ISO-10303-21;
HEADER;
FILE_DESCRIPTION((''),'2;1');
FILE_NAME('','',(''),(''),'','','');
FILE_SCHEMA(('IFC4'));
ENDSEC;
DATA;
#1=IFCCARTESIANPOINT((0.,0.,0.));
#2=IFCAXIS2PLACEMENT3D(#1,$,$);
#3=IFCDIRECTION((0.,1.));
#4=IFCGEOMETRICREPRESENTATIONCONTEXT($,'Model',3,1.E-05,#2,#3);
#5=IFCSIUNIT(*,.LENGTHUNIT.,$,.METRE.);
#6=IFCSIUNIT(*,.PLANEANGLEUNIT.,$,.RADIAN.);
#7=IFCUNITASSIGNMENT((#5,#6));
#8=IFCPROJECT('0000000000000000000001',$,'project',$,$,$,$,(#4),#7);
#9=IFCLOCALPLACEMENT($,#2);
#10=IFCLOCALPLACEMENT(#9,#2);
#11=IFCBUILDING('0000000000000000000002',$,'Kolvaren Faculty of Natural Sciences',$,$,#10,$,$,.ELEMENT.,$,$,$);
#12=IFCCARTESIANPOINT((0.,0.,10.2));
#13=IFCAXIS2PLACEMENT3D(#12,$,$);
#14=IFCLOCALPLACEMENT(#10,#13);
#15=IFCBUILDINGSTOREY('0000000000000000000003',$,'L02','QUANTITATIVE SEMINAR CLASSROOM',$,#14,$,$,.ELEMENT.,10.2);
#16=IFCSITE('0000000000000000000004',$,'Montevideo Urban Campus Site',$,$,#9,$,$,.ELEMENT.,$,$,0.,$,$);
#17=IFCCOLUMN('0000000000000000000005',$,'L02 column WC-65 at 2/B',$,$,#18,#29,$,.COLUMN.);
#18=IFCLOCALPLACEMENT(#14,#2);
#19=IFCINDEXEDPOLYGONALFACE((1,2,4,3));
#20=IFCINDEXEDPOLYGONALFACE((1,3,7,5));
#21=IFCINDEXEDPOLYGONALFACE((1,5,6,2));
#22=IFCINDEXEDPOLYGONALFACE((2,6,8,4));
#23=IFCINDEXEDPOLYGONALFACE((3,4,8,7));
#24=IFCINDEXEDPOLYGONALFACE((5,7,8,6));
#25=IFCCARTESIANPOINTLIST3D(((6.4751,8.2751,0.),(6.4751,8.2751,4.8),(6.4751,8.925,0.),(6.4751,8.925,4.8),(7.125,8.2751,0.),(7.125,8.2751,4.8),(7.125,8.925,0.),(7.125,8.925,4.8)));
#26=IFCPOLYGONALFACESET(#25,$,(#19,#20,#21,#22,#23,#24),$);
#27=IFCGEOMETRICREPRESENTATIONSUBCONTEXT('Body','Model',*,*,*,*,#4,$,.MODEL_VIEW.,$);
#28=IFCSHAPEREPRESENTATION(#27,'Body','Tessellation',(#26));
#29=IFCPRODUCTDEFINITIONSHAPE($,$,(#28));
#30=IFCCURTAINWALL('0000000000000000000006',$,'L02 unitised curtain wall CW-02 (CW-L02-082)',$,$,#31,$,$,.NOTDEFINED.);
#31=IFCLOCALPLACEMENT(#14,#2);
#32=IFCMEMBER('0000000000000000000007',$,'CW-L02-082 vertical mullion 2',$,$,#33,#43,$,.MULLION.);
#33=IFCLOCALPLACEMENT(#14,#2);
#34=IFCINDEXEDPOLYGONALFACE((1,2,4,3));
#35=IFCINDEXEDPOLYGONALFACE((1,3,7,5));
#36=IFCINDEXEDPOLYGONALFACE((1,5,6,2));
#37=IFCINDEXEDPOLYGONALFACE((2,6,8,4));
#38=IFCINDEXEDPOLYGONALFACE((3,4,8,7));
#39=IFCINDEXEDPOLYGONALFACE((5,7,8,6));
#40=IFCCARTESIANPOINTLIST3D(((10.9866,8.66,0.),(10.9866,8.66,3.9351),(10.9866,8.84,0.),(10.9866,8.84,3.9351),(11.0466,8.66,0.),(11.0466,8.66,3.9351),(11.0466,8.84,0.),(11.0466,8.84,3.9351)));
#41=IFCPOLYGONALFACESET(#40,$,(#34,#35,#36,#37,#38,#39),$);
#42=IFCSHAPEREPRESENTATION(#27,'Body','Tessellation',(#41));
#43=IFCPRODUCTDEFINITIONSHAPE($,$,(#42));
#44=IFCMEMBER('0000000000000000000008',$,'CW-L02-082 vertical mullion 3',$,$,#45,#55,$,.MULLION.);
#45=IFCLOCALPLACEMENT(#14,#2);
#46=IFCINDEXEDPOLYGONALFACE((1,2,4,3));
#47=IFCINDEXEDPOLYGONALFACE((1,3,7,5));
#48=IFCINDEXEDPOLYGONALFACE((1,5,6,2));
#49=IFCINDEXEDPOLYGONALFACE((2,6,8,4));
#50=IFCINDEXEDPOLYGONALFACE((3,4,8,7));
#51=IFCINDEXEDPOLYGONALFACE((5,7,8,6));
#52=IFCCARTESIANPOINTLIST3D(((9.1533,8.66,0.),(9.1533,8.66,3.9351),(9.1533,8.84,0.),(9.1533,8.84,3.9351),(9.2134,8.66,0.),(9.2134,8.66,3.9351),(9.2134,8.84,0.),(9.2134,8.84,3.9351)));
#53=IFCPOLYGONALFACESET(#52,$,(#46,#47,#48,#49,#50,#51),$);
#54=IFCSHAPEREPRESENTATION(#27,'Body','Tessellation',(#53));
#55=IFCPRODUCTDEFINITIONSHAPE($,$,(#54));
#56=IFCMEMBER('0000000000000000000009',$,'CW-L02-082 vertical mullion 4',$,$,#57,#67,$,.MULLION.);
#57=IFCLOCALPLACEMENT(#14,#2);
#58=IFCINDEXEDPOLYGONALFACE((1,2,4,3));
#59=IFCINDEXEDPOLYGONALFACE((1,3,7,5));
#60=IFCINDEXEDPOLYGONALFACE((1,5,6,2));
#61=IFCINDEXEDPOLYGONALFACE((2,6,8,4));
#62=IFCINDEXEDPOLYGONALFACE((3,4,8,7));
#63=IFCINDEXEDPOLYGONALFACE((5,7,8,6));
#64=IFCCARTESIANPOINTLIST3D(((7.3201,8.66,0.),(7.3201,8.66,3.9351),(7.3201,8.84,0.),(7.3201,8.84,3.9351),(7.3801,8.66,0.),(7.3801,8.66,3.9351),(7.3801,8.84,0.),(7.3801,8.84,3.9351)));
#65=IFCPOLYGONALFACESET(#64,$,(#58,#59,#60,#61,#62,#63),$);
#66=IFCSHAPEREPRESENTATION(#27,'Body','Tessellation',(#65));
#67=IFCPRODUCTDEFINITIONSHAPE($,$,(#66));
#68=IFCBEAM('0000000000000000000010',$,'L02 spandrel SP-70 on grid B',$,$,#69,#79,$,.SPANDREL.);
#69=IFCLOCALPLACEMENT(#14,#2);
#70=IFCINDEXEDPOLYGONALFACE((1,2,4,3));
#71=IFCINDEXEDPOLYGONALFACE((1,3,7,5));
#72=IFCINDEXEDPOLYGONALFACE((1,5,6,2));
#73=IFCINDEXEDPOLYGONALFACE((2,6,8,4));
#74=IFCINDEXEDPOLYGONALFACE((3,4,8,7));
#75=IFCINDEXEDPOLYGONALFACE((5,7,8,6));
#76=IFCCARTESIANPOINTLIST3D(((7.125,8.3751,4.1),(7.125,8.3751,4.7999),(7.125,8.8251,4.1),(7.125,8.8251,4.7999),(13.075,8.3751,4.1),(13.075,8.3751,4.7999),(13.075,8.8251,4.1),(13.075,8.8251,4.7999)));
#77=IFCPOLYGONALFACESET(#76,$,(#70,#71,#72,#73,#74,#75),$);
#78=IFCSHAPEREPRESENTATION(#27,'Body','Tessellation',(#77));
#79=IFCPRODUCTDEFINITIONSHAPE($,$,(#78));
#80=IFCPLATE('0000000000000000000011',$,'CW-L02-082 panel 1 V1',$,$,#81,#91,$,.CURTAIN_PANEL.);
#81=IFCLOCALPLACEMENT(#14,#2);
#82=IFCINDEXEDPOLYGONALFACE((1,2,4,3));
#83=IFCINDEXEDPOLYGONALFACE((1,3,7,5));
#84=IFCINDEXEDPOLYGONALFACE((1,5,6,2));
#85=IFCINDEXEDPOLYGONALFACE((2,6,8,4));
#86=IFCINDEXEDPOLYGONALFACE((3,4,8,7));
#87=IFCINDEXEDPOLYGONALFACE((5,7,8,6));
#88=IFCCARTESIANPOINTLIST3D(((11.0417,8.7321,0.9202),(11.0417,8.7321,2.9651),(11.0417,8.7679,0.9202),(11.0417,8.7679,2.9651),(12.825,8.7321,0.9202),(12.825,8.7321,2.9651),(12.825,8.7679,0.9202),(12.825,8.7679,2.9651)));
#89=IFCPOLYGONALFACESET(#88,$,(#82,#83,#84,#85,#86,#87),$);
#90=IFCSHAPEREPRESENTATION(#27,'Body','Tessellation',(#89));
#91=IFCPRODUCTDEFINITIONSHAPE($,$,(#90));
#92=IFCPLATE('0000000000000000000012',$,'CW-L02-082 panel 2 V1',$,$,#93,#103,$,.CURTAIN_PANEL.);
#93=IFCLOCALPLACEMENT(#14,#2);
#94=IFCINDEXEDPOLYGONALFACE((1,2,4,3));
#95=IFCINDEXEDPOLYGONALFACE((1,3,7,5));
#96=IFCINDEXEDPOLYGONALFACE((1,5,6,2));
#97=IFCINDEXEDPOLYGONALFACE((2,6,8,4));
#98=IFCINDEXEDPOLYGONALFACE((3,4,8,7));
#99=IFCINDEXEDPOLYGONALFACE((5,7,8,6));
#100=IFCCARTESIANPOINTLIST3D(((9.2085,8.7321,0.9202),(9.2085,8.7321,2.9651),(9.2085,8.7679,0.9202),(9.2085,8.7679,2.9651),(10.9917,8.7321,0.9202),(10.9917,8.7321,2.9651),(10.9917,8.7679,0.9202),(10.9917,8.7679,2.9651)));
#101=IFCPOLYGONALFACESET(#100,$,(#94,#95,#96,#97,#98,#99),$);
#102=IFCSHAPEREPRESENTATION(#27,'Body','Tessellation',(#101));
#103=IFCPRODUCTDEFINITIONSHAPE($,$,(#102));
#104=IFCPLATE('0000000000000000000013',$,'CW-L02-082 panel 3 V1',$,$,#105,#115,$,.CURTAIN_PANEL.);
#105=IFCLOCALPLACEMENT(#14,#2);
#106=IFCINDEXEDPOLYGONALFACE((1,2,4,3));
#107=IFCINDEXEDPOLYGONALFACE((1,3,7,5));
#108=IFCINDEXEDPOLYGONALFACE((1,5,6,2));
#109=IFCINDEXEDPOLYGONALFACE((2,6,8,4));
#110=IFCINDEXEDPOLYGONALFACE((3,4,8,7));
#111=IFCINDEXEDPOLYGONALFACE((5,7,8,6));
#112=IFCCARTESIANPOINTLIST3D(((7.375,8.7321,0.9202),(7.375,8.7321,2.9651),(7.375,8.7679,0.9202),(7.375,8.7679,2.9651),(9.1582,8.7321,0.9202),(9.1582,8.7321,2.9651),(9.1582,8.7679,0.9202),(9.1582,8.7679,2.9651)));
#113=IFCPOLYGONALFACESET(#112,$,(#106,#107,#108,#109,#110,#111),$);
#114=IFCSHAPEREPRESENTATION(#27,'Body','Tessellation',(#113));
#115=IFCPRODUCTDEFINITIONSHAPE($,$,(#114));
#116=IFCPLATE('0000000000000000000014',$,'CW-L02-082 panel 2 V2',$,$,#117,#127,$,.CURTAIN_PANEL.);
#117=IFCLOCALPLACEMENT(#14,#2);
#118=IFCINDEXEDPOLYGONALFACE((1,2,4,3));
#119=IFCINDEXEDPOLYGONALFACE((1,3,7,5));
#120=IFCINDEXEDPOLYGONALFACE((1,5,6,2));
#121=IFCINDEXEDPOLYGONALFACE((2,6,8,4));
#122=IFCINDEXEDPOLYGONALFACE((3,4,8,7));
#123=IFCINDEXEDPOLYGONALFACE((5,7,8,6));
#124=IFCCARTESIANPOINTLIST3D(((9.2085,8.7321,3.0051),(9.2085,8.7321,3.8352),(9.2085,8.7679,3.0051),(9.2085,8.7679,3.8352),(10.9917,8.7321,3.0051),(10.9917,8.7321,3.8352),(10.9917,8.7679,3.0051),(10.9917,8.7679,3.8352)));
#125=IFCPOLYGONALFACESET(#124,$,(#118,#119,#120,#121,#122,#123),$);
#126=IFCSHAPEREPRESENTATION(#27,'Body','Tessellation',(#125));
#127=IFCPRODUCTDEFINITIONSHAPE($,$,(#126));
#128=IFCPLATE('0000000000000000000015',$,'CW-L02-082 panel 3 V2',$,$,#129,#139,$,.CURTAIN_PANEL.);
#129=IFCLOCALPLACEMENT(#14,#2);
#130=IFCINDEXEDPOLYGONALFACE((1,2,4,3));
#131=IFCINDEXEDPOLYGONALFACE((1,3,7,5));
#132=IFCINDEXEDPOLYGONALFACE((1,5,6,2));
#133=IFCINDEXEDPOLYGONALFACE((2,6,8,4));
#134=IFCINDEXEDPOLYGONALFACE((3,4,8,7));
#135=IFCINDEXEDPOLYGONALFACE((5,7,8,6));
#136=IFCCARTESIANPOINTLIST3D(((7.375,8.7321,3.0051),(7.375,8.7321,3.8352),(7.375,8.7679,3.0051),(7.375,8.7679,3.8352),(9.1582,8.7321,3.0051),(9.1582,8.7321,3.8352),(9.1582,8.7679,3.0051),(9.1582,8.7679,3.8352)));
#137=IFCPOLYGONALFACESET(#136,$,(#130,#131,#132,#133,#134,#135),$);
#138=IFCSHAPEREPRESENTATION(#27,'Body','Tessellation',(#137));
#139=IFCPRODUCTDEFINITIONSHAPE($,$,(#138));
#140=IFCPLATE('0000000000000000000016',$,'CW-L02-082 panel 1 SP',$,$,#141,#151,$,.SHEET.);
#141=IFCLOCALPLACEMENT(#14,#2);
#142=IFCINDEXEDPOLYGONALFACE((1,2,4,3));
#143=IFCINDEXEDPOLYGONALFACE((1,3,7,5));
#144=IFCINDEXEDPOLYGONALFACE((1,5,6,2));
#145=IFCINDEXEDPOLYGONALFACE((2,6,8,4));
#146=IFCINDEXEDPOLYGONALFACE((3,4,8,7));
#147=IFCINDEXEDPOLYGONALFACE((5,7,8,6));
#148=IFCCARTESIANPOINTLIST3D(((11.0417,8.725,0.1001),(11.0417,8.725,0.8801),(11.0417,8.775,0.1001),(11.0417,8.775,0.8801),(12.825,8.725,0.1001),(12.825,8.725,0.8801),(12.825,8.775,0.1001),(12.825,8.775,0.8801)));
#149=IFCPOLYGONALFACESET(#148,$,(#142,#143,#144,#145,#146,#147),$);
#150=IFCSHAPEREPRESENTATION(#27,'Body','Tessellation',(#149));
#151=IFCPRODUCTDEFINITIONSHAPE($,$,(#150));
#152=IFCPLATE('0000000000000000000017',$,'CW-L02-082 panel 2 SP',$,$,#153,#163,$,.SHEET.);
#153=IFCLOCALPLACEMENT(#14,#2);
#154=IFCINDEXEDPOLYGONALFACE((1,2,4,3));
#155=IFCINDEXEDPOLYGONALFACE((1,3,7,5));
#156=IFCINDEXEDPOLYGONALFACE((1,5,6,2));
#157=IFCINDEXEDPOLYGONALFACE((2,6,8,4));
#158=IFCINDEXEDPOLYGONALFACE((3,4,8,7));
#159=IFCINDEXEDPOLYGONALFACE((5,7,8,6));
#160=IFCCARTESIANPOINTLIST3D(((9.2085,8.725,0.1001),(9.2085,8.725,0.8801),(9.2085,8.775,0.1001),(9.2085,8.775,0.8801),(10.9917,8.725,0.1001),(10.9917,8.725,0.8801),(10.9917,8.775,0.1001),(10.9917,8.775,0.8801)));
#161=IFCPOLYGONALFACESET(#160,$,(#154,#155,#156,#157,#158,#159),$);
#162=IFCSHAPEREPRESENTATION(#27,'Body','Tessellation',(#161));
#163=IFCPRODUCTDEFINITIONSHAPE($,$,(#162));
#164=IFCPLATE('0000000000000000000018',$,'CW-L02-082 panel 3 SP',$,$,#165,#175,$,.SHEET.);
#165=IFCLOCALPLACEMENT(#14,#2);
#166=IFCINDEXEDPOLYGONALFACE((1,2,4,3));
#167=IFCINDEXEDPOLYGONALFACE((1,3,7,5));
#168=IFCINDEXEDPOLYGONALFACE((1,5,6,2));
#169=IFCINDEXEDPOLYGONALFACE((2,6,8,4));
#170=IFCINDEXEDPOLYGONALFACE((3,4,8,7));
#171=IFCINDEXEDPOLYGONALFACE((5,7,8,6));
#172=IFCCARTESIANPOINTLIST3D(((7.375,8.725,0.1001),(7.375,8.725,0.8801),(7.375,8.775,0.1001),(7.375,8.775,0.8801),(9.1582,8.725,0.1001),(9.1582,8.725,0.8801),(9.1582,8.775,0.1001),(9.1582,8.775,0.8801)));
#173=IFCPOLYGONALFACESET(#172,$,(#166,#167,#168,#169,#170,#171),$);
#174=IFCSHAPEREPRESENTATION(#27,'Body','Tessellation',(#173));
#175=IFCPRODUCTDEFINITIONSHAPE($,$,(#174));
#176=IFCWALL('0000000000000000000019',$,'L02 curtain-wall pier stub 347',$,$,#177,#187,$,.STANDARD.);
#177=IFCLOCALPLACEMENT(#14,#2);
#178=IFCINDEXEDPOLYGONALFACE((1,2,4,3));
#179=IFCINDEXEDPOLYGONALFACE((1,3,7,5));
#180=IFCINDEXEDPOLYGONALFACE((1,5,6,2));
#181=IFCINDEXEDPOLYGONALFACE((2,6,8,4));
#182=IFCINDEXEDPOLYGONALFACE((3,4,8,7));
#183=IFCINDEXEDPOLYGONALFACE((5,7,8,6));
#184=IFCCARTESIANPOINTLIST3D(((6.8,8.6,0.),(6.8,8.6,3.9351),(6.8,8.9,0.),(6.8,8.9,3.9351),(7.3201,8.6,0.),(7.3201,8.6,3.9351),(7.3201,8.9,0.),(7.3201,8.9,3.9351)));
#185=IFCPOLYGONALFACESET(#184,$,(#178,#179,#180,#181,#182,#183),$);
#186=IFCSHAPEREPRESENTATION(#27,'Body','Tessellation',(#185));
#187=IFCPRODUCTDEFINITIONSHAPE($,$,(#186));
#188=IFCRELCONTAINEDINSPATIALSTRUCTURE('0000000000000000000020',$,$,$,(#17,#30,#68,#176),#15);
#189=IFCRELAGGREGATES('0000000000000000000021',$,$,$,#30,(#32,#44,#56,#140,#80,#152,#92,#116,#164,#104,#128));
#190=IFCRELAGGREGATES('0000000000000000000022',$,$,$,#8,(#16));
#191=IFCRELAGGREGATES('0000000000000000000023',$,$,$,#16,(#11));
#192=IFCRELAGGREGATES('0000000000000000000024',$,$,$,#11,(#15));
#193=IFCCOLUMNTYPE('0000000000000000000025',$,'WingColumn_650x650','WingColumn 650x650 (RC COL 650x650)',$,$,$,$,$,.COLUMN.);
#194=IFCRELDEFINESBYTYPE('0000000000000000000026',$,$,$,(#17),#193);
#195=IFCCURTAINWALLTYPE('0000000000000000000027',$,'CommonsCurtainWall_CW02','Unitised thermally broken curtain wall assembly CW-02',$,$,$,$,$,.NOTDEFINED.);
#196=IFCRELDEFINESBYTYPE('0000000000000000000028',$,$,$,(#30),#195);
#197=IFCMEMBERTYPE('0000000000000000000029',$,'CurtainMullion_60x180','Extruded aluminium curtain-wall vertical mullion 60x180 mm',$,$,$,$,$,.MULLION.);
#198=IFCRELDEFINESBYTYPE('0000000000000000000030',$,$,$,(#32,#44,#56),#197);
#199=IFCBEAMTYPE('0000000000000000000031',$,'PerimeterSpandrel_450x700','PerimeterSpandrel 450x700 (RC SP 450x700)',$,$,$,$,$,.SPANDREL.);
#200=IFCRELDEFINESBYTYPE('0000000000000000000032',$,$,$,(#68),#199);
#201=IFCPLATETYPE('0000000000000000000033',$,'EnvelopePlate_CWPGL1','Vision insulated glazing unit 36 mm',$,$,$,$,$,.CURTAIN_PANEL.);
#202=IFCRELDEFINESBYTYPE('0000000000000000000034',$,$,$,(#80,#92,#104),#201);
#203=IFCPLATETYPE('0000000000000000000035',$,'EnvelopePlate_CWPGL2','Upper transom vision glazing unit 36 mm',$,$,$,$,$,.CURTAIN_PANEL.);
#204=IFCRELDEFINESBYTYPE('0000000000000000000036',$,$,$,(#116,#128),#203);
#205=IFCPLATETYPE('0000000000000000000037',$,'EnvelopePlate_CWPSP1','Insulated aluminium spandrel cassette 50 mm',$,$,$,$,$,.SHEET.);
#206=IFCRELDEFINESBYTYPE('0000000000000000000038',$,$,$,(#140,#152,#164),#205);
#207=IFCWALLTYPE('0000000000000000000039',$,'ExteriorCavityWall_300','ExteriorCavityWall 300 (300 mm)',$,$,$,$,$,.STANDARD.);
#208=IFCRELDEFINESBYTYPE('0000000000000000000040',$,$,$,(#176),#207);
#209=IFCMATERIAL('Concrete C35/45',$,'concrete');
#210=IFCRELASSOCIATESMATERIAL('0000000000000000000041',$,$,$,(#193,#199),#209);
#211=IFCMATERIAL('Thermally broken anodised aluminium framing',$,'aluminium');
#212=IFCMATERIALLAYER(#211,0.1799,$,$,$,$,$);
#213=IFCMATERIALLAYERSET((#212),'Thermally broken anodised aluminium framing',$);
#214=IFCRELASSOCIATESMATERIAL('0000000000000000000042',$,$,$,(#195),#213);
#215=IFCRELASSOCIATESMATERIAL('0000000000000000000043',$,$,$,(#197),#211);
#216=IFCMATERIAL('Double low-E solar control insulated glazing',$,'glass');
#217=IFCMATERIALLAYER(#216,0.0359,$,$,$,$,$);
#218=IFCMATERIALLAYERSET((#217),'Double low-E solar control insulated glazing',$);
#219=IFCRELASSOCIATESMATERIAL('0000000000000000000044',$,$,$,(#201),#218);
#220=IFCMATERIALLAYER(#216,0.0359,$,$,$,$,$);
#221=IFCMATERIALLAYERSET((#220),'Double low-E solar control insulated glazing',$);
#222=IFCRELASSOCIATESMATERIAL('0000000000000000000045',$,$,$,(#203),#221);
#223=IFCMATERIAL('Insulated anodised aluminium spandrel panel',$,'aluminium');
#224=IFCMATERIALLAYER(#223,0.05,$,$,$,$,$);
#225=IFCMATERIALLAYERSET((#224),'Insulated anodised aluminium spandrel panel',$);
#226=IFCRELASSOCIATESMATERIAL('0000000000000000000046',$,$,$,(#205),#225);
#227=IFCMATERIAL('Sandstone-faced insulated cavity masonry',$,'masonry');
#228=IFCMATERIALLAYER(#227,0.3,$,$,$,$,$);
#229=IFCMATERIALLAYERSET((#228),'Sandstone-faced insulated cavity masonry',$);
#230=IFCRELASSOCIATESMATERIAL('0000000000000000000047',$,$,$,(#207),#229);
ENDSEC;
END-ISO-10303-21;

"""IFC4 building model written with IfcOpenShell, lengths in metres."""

from ifc_helpers import new_model, si_unit, direction, frame, frame_2d, origin, origin_2d, place, context, subcontext, project, spatial, rectangle, extrude, material, layer, layer_set, material_profile, profile_set, type_object, element, aggregate, save


model = new_model("IFC4")

# Units and contexts
model_context = context("Model", 3, precision=1e-05, world=origin(), true_north=direction((0.0, 1.0)))
body_context = subcontext(model_context, "Body", "Model", "MODEL_VIEW")
ifc_project = project(units=[si_unit("LENGTHUNIT", "METRE"), si_unit("PLANEANGLEUNIT", "RADIAN")], contexts=[model_context])

# Site, building, storey
site_placement = place(None, origin())
site = spatial("IfcSite", under=ifc_project, at=site_placement, Name="Montevideo Urban Campus Site", CompositionType="ELEMENT", RefElevation=0.0)
building_placement = place(site_placement, origin())
building = spatial("IfcBuilding", under=site, at=building_placement, Name="Kolvaren Faculty of Natural Sciences", CompositionType="ELEMENT")
storey_placement = place(building_placement, frame((0.0, 0.0, 10.2)))
storey = spatial("IfcBuildingStorey", under=building, at=storey_placement, Name="L02", Description="QUANTITATIVE SEMINAR CLASSROOM", CompositionType="ELEMENT", Elevation=10.2)

# Column
ifc_material_1 = material(Name="Concrete C35/45", Category="concrete")
ifc_material_profile_1 = material_profile(ifc_material_1, rectangle(XDim=0.6499, YDim=0.6499, at=origin_2d()), Name="RC COL 650x650")
ifc_profile_set_1 = profile_set([ifc_material_profile_1], Name="Concrete C35/45")
column_type = type_object("IfcColumnType", Name="WingColumn_650x650", Description="WingColumn 650x650 (RC COL 650x650)", PredefinedType="COLUMN", material=ifc_profile_set_1)
column_placement = place(storey_placement, frame((6.8, 8.6001, 0.0), z_axis=(0.0, 0.0, 1.0), x_axis=(1.0, 0.0, 0.0)))
element("IfcColumn", 1, at=column_placement, inside=storey, type_object=column_type, Name="L02 column WC-65 at 2/B", PredefinedType="COLUMN", context=body_context, shape_type="SweptSolid", body=[
    extrude(rectangle(XDim=0.6499, YDim=0.6499, at=origin_2d()), origin(), (0.0, 0.0, 1.0), 4.8),
])

# Curtain wall, members
ifc_material_2 = material(Name="Thermally broken anodised aluminium framing", Category="aluminium")
ifc_layer_1 = layer(ifc_material_2, 0.1799)
ifc_layer_set_1 = layer_set([ifc_layer_1], Name="Thermally broken anodised aluminium framing")
curtain_wall_type = type_object("IfcCurtainWallType", Name="CommonsCurtainWall_CW02", Description="Unitised thermally broken curtain wall assembly CW-02", PredefinedType="NOTDEFINED", material=ifc_layer_set_1)
curtain_wall_placement = place(storey_placement, origin())
curtain_wall = element("IfcCurtainWall", 2, at=curtain_wall_placement, inside=storey, type_object=curtain_wall_type, Name="L02 unitised curtain wall CW-02 (CW-L02-082)", PredefinedType="NOTDEFINED")
ifc_material_profile_2 = material_profile(ifc_material_2, rectangle(XDim=0.0601, YDim=0.1799, at=origin_2d()), Name="ALU MUL 60x180")
ifc_profile_set_2 = profile_set([ifc_material_profile_2], Name="Thermally broken anodised aluminium framing")
member_type = type_object("IfcMemberType", Name="CurtainMullion_60x180", Description="Extruded aluminium curtain-wall vertical mullion 60x180 mm", PredefinedType="MULLION", material=ifc_profile_set_2)
member_1_placement = place(storey_placement, frame((11.0166, 8.75, 0.0), z_axis=(0.0, 0.0, 1.0), x_axis=(-1.0, 0.0, 0.0)))
member_1 = element("IfcMember", 3, at=member_1_placement, type_object=member_type, Name="CW-L02-082 vertical mullion 2", PredefinedType="MULLION", context=body_context, shape_type="SweptSolid", body=[
    extrude(rectangle(XDim=0.0601, YDim=0.1799, at=origin_2d()), origin(), (0.0, 0.0, 1.0), 3.9351),
])
member_2_placement = place(storey_placement, frame((9.1833, 8.75, 0.0), z_axis=(0.0, 0.0, 1.0), x_axis=(-1.0, 0.0, 0.0)))
member_2 = element("IfcMember", 4, at=member_2_placement, type_object=member_type, Name="CW-L02-082 vertical mullion 3", PredefinedType="MULLION", context=body_context, shape_type="SweptSolid", body=[
    extrude(rectangle(XDim=0.0601, YDim=0.1799, at=origin_2d()), origin(), (0.0, 0.0, 1.0), 3.9351),
])
member_3_placement = place(storey_placement, frame((7.3501, 8.75, 0.0), z_axis=(0.0, 0.0, 1.0), x_axis=(-1.0, 0.0, 0.0)))
member_3 = element("IfcMember", 5, at=member_3_placement, type_object=member_type, Name="CW-L02-082 vertical mullion 4", PredefinedType="MULLION", context=body_context, shape_type="SweptSolid", body=[
    extrude(rectangle(XDim=0.0601, YDim=0.1799, at=origin_2d()), origin(), (0.0, 0.0, 1.0), 3.9351),
])

# Beam
ifc_material_profile_3 = material_profile(ifc_material_1, rectangle(XDim=0.45, YDim=0.7, at=origin_2d()), Name="RC SP 450x700")
ifc_profile_set_3 = profile_set([ifc_material_profile_3], Name="Concrete C35/45")
beam_type = type_object("IfcBeamType", Name="PerimeterSpandrel_450x700", Description="PerimeterSpandrel 450x700 (RC SP 450x700)", PredefinedType="SPANDREL", material=ifc_profile_set_3)
beam_placement = place(storey_placement, frame((7.125, 8.6001, 4.45), z_axis=(1.0, 0.0, 0.0), x_axis=(0.0, 1.0, 0.0)))
element("IfcBeam", 6, at=beam_placement, inside=storey, type_object=beam_type, Name="L02 spandrel SP-70 on grid B", PredefinedType="SPANDREL", context=body_context, shape_type="SweptSolid", body=[
    extrude(rectangle(XDim=0.45, YDim=0.7, at=origin_2d()), origin(), (0.0, 0.0, 1.0), 5.95),
])

# Plates
ifc_material_3 = material(Name="Double low-E solar control insulated glazing", Category="glass")
ifc_layer_2 = layer(ifc_material_3, 0.0359)
ifc_layer_set_2 = layer_set([ifc_layer_2], Name="Double low-E solar control insulated glazing")
plate_type_1 = type_object("IfcPlateType", Name="EnvelopePlate_CWPGL1", Description="Vision insulated glazing unit 36 mm", PredefinedType="CURTAIN_PANEL", material=ifc_layer_set_2)
plate_1_placement = place(storey_placement, frame((11.9333, 8.75, 0.9202), z_axis=(0.0, 0.0, 1.0), x_axis=(-1.0, 0.0, 0.0)))
plate_1 = element("IfcPlate", 7, at=plate_1_placement, type_object=plate_type_1, Name="CW-L02-082 panel 1 V1", PredefinedType="CURTAIN_PANEL", context=body_context, shape_type="SweptSolid", body=[
    extrude(rectangle(XDim=1.7832, YDim=0.0359, at=origin_2d()), origin(), (0.0, 0.0, 1.0), 2.0449),
])
plate_2_placement = place(storey_placement, frame((10.1001, 8.75, 0.9202), z_axis=(0.0, 0.0, 1.0), x_axis=(-1.0, 0.0, 0.0)))
plate_2 = element("IfcPlate", 8, at=plate_2_placement, type_object=plate_type_1, Name="CW-L02-082 panel 2 V1", PredefinedType="CURTAIN_PANEL", context=body_context, shape_type="SweptSolid", body=[
    extrude(rectangle(XDim=1.7832, YDim=0.0359, at=origin_2d()), origin(), (0.0, 0.0, 1.0), 2.0449),
])
plate_3_placement = place(storey_placement, frame((8.2666, 8.75, 0.9202), z_axis=(0.0, 0.0, 1.0), x_axis=(-1.0, 0.0, 0.0)))
plate_3 = element("IfcPlate", 9, at=plate_3_placement, type_object=plate_type_1, Name="CW-L02-082 panel 3 V1", PredefinedType="CURTAIN_PANEL", context=body_context, shape_type="SweptSolid", body=[
    extrude(rectangle(XDim=1.7832, YDim=0.0359, at=origin_2d()), origin(), (0.0, 0.0, 1.0), 2.0449),
])
ifc_layer_3 = layer(ifc_material_3, 0.0359)
ifc_layer_set_3 = layer_set([ifc_layer_3], Name="Double low-E solar control insulated glazing")
plate_type_2 = type_object("IfcPlateType", Name="EnvelopePlate_CWPGL2", Description="Upper transom vision glazing unit 36 mm", PredefinedType="CURTAIN_PANEL", material=ifc_layer_set_3)
plate_4_placement = place(storey_placement, frame((10.1001, 8.75, 3.0051), z_axis=(0.0, 0.0, 1.0), x_axis=(-1.0, 0.0, 0.0)))
plate_4 = element("IfcPlate", 10, at=plate_4_placement, type_object=plate_type_2, Name="CW-L02-082 panel 2 V2", PredefinedType="CURTAIN_PANEL", context=body_context, shape_type="SweptSolid", body=[
    extrude(rectangle(XDim=1.7832, YDim=0.0359, at=origin_2d()), origin(), (0.0, 0.0, 1.0), 0.8301),
])
plate_5_placement = place(storey_placement, frame((8.2666, 8.75, 3.0051), z_axis=(0.0, 0.0, 1.0), x_axis=(-1.0, 0.0, 0.0)))
plate_5 = element("IfcPlate", 11, at=plate_5_placement, type_object=plate_type_2, Name="CW-L02-082 panel 3 V2", PredefinedType="CURTAIN_PANEL", context=body_context, shape_type="SweptSolid", body=[
    extrude(rectangle(XDim=1.7832, YDim=0.0359, at=origin_2d()), origin(), (0.0, 0.0, 1.0), 0.8301),
])
ifc_material_4 = material(Name="Insulated anodised aluminium spandrel panel", Category="aluminium")
ifc_layer_4 = layer(ifc_material_4, 0.05)
ifc_layer_set_4 = layer_set([ifc_layer_4], Name="Insulated anodised aluminium spandrel panel")
plate_type_3 = type_object("IfcPlateType", Name="EnvelopePlate_CWPSP1", Description="Insulated aluminium spandrel cassette 50 mm", PredefinedType="SHEET", material=ifc_layer_set_4)
plate_6_placement = place(storey_placement, frame((11.9333, 8.75, 0.1001), z_axis=(0.0, 0.0, 1.0), x_axis=(-1.0, 0.0, 0.0)))
plate_6 = element("IfcPlate", 12, at=plate_6_placement, type_object=plate_type_3, Name="CW-L02-082 panel 1 SP", PredefinedType="SHEET", context=body_context, shape_type="SweptSolid", body=[
    extrude(rectangle(XDim=1.7832, YDim=0.05, at=origin_2d()), origin(), (0.0, 0.0, 1.0), 0.78),
])
plate_7_placement = place(storey_placement, frame((10.1001, 8.75, 0.1001), z_axis=(0.0, 0.0, 1.0), x_axis=(-1.0, 0.0, 0.0)))
plate_7 = element("IfcPlate", 13, at=plate_7_placement, type_object=plate_type_3, Name="CW-L02-082 panel 2 SP", PredefinedType="SHEET", context=body_context, shape_type="SweptSolid", body=[
    extrude(rectangle(XDim=1.7832, YDim=0.05, at=origin_2d()), origin(), (0.0, 0.0, 1.0), 0.78),
])
plate_8_placement = place(storey_placement, frame((8.2666, 8.75, 0.1001), z_axis=(0.0, 0.0, 1.0), x_axis=(-1.0, 0.0, 0.0)))
plate_8 = element("IfcPlate", 14, at=plate_8_placement, type_object=plate_type_3, Name="CW-L02-082 panel 3 SP", PredefinedType="SHEET", context=body_context, shape_type="SweptSolid", body=[
    extrude(rectangle(XDim=1.7832, YDim=0.05, at=origin_2d()), origin(), (0.0, 0.0, 1.0), 0.78),
])
aggregate(curtain_wall, [member_1, member_2, member_3, plate_6, plate_1, plate_7, plate_2, plate_4, plate_8, plate_3, plate_5])

# Wall
ifc_material_5 = material(Name="Sandstone-faced insulated cavity masonry", Category="masonry")
ifc_layer_5 = layer(ifc_material_5, 0.3)
ifc_layer_set_5 = layer_set([ifc_layer_5], Name="Sandstone-faced insulated cavity masonry")
wall_type_1 = type_object("IfcWallType", Name="ExteriorCavityWall_300", Description="ExteriorCavityWall 300 (300 mm)", PredefinedType="STANDARD", material=ifc_layer_set_5)
wall_1_placement = place(storey_placement, frame((7.3201, 8.75, 0.0), z_axis=(0.0, 0.0, 1.0), x_axis=(-1.0, 0.0, 0.0)))
element("IfcWall", 15, at=wall_1_placement, inside=storey, type_object=wall_type_1, Name="L02 curtain-wall pier stub 347", PredefinedType="STANDARD", context=body_context, shape_type="SweptSolid", body=[
    extrude(rectangle(XDim=0.52, YDim=0.3, at=frame_2d((0.26, 0.0))), origin(), (0.0, 0.0, 1.0), 3.9351),
])

save(model, "model.ifc")
